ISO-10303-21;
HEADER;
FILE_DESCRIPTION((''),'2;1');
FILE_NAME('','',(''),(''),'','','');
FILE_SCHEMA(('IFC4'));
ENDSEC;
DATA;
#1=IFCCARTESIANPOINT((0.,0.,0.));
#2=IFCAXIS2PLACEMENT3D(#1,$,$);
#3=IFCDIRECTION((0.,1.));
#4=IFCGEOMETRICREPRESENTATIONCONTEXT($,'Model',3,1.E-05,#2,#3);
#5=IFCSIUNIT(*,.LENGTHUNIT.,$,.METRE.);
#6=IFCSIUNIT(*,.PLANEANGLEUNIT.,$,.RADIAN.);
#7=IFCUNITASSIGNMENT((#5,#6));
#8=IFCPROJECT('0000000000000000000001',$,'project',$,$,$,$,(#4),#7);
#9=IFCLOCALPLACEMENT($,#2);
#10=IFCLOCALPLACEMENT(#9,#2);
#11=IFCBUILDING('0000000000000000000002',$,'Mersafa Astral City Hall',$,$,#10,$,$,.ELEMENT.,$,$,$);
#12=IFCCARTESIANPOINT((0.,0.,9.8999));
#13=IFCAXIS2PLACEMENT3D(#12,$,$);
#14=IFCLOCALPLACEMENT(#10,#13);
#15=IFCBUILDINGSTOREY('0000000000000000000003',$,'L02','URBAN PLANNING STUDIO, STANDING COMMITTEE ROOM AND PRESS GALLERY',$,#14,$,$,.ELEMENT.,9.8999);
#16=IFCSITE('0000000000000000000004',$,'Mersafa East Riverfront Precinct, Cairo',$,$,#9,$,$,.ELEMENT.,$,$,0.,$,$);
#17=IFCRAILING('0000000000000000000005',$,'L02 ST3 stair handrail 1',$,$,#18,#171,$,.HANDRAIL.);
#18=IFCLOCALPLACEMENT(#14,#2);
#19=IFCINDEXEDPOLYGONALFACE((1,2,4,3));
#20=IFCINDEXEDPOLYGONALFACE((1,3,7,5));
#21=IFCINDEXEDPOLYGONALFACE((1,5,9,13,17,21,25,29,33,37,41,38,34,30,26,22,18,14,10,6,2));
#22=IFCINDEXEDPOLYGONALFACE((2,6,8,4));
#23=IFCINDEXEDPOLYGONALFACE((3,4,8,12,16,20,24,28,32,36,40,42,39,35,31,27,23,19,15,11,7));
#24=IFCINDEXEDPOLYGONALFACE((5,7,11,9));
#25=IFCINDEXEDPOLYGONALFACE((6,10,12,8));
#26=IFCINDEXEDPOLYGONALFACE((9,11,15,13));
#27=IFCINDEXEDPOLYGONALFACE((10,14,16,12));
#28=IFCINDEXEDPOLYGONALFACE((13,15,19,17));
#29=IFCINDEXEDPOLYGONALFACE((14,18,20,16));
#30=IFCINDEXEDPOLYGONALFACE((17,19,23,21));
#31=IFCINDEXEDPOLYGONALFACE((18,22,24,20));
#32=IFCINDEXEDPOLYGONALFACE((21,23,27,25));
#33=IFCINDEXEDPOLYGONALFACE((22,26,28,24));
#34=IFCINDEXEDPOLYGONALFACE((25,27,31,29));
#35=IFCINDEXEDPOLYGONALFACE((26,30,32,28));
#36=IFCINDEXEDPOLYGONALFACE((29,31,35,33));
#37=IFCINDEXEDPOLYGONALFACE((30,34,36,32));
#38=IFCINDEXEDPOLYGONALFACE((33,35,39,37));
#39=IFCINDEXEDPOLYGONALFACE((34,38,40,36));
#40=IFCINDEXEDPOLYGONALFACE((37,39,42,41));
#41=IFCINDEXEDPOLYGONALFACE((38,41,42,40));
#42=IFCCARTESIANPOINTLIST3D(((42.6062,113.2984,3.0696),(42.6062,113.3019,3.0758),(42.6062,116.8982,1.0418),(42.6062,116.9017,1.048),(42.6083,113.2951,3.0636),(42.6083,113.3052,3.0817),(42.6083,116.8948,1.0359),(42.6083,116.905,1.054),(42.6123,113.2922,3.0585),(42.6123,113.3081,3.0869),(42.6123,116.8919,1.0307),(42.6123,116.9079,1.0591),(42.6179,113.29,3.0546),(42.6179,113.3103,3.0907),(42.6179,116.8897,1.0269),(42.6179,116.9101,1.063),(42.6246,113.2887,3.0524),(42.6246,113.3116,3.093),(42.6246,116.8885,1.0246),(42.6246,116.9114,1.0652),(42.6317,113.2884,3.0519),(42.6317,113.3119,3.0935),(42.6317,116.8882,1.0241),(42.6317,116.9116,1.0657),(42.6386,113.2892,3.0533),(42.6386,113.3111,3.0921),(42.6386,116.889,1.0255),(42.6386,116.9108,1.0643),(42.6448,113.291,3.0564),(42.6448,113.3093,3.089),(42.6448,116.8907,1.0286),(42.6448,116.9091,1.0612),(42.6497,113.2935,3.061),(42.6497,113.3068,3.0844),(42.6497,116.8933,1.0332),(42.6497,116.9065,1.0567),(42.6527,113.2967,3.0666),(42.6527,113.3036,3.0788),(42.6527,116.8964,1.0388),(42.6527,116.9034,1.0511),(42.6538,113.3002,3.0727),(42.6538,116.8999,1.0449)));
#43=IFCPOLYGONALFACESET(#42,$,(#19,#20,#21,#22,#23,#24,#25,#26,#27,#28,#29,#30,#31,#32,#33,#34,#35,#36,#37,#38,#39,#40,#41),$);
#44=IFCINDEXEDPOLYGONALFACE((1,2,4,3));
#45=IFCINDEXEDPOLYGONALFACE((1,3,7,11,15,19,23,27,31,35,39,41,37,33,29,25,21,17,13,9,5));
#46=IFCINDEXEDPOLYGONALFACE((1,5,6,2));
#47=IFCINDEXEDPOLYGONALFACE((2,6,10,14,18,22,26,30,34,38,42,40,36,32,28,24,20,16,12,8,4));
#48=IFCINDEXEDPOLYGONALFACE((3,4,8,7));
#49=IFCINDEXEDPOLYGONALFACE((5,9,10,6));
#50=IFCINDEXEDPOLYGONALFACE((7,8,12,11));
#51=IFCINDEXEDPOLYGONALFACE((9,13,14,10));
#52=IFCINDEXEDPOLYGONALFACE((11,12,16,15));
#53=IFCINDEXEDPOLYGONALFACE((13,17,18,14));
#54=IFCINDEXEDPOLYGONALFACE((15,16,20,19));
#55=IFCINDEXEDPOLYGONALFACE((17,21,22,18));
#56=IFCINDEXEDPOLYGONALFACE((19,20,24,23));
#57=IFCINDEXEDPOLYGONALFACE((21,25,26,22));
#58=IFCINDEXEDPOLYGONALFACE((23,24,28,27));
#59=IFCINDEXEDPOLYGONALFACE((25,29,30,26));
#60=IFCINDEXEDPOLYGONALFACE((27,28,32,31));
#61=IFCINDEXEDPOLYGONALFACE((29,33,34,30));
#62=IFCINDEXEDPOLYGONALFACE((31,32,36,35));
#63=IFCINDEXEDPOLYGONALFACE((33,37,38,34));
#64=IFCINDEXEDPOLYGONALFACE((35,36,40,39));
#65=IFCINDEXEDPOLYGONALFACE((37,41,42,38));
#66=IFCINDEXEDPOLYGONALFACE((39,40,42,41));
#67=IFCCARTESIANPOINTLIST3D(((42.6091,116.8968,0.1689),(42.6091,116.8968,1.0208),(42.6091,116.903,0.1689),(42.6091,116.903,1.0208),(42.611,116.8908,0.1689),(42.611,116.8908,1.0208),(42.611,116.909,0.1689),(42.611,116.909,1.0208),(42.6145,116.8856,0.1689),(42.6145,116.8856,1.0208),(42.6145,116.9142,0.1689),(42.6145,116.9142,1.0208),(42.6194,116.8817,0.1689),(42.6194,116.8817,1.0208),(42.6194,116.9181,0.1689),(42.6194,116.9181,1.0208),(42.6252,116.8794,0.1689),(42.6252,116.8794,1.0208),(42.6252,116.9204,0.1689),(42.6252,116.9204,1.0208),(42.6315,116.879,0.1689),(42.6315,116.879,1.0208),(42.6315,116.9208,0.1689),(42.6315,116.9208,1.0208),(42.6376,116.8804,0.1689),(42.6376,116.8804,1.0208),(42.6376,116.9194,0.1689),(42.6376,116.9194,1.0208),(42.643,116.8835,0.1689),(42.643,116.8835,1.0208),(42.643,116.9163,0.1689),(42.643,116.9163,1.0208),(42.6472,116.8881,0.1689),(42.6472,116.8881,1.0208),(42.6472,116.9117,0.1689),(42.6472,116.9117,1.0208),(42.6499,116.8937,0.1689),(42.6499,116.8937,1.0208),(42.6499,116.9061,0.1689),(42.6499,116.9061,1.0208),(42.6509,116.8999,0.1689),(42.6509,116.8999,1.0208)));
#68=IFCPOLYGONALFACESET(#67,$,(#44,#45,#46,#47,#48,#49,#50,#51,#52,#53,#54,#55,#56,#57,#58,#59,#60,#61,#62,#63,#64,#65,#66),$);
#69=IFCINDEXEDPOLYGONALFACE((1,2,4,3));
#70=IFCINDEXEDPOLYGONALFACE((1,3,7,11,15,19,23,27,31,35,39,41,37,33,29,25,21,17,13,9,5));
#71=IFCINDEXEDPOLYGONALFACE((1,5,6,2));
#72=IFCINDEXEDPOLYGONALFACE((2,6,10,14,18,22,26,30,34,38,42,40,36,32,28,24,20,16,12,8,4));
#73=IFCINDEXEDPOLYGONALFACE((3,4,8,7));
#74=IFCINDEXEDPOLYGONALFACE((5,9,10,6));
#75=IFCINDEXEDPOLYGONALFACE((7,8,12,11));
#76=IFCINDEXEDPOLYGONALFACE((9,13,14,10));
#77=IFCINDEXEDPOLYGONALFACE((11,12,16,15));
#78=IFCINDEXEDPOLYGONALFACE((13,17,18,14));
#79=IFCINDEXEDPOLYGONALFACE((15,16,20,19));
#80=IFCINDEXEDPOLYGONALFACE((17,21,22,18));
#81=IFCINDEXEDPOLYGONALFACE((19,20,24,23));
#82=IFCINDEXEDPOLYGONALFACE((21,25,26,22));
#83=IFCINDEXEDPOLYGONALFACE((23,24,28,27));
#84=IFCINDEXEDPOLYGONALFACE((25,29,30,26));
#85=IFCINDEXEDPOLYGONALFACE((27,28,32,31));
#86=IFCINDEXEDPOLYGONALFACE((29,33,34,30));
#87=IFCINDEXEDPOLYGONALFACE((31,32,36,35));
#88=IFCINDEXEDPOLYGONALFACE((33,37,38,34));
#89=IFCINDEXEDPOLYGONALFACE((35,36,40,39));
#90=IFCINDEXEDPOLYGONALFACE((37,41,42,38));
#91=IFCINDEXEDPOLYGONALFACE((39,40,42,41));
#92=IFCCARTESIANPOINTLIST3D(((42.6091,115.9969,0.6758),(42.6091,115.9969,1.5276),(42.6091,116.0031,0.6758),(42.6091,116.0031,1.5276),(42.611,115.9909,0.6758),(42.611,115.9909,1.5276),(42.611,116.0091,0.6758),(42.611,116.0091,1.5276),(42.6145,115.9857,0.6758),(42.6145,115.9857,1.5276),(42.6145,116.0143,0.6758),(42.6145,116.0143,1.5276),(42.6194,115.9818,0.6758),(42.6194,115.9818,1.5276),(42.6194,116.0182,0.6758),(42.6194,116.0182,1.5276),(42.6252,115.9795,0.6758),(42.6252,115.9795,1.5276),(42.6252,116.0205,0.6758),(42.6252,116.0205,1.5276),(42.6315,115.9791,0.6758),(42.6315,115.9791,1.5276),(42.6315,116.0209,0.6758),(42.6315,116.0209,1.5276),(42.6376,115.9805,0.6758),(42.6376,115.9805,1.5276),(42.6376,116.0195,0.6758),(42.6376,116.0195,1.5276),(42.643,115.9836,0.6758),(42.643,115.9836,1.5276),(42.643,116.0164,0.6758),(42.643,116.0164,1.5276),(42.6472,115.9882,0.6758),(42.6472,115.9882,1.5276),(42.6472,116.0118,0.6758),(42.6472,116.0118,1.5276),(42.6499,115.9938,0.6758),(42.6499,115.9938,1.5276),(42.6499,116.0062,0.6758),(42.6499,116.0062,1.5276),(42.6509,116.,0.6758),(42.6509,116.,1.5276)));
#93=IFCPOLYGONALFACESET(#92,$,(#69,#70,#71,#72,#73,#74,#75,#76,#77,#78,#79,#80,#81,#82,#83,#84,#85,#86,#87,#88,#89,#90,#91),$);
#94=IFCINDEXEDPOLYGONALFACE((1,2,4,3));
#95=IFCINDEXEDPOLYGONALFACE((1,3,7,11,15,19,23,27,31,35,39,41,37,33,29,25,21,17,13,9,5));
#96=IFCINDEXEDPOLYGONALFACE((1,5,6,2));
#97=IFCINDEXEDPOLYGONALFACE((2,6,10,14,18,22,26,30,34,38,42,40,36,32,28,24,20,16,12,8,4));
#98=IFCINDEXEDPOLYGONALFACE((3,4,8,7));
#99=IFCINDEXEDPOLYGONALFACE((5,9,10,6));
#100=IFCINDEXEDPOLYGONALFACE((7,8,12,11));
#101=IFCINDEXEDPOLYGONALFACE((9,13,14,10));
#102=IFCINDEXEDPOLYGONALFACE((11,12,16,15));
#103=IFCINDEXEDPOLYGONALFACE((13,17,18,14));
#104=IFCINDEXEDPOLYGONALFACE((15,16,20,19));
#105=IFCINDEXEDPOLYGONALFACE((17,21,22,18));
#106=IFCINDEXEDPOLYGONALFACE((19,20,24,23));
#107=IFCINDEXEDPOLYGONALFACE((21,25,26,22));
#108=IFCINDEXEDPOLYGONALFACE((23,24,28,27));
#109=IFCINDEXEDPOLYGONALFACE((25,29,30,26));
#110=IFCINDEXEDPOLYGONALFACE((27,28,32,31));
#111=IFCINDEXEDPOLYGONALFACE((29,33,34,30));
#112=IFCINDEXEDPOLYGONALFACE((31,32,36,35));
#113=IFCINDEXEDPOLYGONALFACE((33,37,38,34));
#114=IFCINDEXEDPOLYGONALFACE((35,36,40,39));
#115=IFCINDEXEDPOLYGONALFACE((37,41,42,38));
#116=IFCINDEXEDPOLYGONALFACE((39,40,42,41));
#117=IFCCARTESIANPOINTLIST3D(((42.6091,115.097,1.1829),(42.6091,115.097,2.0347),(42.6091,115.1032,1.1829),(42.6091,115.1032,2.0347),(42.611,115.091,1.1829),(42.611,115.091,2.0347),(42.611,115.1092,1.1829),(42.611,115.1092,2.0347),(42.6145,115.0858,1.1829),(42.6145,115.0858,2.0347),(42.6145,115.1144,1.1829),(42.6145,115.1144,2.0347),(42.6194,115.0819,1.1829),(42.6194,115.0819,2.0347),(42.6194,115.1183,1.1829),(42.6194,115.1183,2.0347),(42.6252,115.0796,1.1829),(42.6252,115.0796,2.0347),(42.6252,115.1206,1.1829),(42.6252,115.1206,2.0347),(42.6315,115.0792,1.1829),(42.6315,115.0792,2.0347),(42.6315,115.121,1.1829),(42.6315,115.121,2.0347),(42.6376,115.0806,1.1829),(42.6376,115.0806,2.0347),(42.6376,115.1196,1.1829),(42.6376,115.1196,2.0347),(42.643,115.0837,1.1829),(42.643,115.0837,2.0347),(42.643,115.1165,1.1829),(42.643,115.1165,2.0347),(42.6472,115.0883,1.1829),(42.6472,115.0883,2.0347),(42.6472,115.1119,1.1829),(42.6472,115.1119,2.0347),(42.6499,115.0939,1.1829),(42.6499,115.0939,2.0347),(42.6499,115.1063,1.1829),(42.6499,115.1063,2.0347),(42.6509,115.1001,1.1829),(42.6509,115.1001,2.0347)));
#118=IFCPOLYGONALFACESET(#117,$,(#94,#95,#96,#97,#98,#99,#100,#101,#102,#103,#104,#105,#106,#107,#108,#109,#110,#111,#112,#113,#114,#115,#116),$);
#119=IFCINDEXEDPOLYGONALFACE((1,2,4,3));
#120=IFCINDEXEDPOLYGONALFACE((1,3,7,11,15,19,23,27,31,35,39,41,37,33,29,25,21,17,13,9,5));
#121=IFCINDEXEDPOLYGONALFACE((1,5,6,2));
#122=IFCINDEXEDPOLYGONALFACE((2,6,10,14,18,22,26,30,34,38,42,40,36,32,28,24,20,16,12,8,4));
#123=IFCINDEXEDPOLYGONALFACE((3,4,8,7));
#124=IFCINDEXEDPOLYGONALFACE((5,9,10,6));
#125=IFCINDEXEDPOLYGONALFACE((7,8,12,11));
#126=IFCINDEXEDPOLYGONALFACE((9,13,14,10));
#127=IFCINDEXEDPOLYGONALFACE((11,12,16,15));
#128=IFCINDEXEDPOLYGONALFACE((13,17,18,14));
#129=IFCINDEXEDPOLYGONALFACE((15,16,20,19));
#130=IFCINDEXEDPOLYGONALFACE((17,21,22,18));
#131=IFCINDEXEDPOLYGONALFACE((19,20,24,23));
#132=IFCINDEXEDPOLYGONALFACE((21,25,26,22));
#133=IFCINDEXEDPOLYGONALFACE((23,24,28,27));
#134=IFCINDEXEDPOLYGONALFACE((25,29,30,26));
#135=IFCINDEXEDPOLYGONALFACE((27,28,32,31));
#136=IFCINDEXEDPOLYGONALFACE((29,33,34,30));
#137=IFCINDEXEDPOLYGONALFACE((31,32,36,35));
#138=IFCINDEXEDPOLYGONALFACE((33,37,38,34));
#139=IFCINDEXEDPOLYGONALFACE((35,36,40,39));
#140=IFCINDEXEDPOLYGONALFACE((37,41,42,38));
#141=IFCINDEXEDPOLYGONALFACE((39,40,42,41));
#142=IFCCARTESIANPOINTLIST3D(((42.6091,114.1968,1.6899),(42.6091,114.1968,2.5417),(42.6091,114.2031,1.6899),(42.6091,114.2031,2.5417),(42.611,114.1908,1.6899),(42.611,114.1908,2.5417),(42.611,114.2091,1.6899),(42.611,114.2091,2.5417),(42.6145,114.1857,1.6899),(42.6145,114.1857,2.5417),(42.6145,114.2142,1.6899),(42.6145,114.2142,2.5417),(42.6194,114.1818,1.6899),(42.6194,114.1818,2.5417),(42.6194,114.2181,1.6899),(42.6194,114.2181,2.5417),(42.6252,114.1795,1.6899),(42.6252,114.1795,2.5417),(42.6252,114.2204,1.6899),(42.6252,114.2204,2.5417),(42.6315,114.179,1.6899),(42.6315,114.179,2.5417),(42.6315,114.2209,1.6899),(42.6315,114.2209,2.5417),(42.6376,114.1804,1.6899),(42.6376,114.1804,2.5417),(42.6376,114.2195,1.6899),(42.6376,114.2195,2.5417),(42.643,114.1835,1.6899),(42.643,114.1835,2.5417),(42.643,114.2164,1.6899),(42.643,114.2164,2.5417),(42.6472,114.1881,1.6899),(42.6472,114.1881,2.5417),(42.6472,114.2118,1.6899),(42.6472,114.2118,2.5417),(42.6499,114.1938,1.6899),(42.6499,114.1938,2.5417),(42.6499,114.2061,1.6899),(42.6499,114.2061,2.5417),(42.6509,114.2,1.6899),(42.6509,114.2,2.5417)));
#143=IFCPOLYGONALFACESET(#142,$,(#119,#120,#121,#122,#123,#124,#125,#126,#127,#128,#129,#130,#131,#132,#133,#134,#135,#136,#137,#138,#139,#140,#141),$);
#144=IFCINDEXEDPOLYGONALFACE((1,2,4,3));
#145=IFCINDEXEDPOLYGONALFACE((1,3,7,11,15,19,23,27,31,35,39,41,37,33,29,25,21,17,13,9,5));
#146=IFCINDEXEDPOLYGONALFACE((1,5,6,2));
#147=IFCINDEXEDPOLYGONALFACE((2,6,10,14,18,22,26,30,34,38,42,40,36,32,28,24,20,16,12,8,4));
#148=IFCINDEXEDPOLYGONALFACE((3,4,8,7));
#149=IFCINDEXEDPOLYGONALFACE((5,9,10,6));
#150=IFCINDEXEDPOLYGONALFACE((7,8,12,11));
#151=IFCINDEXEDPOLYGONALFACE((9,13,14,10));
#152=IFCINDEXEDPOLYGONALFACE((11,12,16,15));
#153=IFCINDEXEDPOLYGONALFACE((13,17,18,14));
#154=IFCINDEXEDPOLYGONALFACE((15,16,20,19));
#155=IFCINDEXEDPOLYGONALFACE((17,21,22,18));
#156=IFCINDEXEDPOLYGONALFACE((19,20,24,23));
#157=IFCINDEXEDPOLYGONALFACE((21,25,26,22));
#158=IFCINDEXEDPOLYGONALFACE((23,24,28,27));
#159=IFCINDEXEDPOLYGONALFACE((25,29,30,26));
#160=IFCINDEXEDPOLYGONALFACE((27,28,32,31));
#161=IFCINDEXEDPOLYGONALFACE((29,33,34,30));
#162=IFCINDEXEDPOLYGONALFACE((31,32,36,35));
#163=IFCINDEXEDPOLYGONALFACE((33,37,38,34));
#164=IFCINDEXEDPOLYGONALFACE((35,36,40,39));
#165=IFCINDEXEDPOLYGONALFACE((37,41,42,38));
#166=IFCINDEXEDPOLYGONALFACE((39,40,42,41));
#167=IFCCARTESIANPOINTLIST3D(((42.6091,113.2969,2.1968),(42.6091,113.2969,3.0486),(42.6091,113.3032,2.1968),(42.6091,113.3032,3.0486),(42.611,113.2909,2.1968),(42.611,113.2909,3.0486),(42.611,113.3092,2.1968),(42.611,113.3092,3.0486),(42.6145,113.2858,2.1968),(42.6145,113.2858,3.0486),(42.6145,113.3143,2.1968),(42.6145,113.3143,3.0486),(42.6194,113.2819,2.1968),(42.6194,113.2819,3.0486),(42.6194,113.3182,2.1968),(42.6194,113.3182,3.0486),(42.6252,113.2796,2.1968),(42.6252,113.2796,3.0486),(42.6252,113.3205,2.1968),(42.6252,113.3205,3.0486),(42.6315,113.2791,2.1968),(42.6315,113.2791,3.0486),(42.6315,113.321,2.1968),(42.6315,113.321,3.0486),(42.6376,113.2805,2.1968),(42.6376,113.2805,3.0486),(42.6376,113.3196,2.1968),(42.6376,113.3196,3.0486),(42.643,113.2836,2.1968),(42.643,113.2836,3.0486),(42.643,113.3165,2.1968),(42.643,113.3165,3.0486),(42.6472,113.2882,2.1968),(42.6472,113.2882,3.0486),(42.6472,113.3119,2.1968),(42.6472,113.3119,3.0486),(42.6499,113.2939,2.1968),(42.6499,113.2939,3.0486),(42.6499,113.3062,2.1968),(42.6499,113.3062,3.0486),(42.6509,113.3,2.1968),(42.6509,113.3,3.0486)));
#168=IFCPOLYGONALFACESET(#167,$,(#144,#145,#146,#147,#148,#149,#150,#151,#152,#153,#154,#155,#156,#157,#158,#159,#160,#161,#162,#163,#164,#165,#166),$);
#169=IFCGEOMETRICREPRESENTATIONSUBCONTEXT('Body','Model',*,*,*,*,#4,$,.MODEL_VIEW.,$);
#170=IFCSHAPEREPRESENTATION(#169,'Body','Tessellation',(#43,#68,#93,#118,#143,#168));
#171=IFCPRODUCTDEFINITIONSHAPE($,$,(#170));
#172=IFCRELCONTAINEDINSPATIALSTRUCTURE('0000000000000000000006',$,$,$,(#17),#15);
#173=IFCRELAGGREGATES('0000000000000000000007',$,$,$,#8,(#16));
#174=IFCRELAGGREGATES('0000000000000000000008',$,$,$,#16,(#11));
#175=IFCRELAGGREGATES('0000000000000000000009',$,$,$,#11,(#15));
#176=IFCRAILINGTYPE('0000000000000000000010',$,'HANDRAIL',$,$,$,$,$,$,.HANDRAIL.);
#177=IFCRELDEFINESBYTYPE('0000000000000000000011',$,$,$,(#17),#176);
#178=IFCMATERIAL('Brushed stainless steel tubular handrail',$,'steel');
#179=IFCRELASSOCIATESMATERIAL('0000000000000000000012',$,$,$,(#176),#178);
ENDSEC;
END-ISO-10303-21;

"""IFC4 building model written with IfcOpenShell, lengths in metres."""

from ifc_helpers import new_model, si_unit, direction, frame, origin, origin_2d, place, context, subcontext, project, spatial, circle, extrude, material, type_object, element, save


model = new_model("IFC4")

# Units and contexts
model_context = context("Model", 3, precision=1e-05, world=origin(), true_north=direction((0.0, 1.0)))
body_context = subcontext(model_context, "Body", "Model", "MODEL_VIEW")
ifc_project = project(units=[si_unit("LENGTHUNIT", "METRE"), si_unit("PLANEANGLEUNIT", "RADIAN")], contexts=[model_context])

# Site, building, storey
site_placement = place(None, origin())
site = spatial("IfcSite", under=ifc_project, at=site_placement, Name="Mersafa East Riverfront Precinct, Cairo", CompositionType="ELEMENT", RefElevation=0.0)
building_placement = place(site_placement, origin())
building = spatial("IfcBuilding", under=site, at=building_placement, Name="Mersafa Astral City Hall", CompositionType="ELEMENT")
storey_placement = place(building_placement, frame((0.0, 0.0, 9.8999)))
storey = spatial("IfcBuildingStorey", under=building, at=storey_placement, Name="L02", Description="URBAN PLANNING STUDIO, STANDING COMMITTEE ROOM AND PRESS GALLERY", CompositionType="ELEMENT", Elevation=9.8999)

# Railing
ifc_material_1 = material(Name="Brushed stainless steel tubular handrail", Category="steel")
railing_type_1 = type_object("IfcRailingType", Name="HANDRAIL", PredefinedType="HANDRAIL", material=ifc_material_1)
railing_1_placement = place(storey_placement, frame((42.6299, 116.8999, 0.1689)))
element("IfcRailing", 1, at=railing_1_placement, inside=storey, type_object=railing_type_1, Name="L02 ST3 stair handrail 1", PredefinedType="HANDRAIL", context=body_context, shape_type="SweptSolid", body=[
    extrude(circle(Radius=0.0239, at=origin_2d()), frame((0.0, 0.0, 0.876), z_axis=(0.0, -0.871274, 0.490797), x_axis=(1.0, 0.0, 0.0)), (0.0, 0.0, 1.0), 4.1316),
    extrude(circle(Radius=0.021, at=origin_2d()), origin(), (0.0, 0.0, 1.0), 0.8518),
    extrude(circle(Radius=0.021, at=origin_2d()), frame((0.0, -0.8999, 0.5068)), (0.0, 0.0, 1.0), 0.8518),
    extrude(circle(Radius=0.021, at=origin_2d()), frame((0.0, -1.7998, 1.0139)), (0.0, 0.0, 1.0), 0.8518),
    extrude(circle(Radius=0.021, at=origin_2d()), frame((0.0, -2.7, 1.521)), (0.0, 0.0, 1.0), 0.8518),
    extrude(circle(Radius=0.021, at=origin_2d()), frame((0.0, -3.5999, 2.0278)), (0.0, 0.0, 1.0), 0.8518),
])

save(model, "model.ifc")
